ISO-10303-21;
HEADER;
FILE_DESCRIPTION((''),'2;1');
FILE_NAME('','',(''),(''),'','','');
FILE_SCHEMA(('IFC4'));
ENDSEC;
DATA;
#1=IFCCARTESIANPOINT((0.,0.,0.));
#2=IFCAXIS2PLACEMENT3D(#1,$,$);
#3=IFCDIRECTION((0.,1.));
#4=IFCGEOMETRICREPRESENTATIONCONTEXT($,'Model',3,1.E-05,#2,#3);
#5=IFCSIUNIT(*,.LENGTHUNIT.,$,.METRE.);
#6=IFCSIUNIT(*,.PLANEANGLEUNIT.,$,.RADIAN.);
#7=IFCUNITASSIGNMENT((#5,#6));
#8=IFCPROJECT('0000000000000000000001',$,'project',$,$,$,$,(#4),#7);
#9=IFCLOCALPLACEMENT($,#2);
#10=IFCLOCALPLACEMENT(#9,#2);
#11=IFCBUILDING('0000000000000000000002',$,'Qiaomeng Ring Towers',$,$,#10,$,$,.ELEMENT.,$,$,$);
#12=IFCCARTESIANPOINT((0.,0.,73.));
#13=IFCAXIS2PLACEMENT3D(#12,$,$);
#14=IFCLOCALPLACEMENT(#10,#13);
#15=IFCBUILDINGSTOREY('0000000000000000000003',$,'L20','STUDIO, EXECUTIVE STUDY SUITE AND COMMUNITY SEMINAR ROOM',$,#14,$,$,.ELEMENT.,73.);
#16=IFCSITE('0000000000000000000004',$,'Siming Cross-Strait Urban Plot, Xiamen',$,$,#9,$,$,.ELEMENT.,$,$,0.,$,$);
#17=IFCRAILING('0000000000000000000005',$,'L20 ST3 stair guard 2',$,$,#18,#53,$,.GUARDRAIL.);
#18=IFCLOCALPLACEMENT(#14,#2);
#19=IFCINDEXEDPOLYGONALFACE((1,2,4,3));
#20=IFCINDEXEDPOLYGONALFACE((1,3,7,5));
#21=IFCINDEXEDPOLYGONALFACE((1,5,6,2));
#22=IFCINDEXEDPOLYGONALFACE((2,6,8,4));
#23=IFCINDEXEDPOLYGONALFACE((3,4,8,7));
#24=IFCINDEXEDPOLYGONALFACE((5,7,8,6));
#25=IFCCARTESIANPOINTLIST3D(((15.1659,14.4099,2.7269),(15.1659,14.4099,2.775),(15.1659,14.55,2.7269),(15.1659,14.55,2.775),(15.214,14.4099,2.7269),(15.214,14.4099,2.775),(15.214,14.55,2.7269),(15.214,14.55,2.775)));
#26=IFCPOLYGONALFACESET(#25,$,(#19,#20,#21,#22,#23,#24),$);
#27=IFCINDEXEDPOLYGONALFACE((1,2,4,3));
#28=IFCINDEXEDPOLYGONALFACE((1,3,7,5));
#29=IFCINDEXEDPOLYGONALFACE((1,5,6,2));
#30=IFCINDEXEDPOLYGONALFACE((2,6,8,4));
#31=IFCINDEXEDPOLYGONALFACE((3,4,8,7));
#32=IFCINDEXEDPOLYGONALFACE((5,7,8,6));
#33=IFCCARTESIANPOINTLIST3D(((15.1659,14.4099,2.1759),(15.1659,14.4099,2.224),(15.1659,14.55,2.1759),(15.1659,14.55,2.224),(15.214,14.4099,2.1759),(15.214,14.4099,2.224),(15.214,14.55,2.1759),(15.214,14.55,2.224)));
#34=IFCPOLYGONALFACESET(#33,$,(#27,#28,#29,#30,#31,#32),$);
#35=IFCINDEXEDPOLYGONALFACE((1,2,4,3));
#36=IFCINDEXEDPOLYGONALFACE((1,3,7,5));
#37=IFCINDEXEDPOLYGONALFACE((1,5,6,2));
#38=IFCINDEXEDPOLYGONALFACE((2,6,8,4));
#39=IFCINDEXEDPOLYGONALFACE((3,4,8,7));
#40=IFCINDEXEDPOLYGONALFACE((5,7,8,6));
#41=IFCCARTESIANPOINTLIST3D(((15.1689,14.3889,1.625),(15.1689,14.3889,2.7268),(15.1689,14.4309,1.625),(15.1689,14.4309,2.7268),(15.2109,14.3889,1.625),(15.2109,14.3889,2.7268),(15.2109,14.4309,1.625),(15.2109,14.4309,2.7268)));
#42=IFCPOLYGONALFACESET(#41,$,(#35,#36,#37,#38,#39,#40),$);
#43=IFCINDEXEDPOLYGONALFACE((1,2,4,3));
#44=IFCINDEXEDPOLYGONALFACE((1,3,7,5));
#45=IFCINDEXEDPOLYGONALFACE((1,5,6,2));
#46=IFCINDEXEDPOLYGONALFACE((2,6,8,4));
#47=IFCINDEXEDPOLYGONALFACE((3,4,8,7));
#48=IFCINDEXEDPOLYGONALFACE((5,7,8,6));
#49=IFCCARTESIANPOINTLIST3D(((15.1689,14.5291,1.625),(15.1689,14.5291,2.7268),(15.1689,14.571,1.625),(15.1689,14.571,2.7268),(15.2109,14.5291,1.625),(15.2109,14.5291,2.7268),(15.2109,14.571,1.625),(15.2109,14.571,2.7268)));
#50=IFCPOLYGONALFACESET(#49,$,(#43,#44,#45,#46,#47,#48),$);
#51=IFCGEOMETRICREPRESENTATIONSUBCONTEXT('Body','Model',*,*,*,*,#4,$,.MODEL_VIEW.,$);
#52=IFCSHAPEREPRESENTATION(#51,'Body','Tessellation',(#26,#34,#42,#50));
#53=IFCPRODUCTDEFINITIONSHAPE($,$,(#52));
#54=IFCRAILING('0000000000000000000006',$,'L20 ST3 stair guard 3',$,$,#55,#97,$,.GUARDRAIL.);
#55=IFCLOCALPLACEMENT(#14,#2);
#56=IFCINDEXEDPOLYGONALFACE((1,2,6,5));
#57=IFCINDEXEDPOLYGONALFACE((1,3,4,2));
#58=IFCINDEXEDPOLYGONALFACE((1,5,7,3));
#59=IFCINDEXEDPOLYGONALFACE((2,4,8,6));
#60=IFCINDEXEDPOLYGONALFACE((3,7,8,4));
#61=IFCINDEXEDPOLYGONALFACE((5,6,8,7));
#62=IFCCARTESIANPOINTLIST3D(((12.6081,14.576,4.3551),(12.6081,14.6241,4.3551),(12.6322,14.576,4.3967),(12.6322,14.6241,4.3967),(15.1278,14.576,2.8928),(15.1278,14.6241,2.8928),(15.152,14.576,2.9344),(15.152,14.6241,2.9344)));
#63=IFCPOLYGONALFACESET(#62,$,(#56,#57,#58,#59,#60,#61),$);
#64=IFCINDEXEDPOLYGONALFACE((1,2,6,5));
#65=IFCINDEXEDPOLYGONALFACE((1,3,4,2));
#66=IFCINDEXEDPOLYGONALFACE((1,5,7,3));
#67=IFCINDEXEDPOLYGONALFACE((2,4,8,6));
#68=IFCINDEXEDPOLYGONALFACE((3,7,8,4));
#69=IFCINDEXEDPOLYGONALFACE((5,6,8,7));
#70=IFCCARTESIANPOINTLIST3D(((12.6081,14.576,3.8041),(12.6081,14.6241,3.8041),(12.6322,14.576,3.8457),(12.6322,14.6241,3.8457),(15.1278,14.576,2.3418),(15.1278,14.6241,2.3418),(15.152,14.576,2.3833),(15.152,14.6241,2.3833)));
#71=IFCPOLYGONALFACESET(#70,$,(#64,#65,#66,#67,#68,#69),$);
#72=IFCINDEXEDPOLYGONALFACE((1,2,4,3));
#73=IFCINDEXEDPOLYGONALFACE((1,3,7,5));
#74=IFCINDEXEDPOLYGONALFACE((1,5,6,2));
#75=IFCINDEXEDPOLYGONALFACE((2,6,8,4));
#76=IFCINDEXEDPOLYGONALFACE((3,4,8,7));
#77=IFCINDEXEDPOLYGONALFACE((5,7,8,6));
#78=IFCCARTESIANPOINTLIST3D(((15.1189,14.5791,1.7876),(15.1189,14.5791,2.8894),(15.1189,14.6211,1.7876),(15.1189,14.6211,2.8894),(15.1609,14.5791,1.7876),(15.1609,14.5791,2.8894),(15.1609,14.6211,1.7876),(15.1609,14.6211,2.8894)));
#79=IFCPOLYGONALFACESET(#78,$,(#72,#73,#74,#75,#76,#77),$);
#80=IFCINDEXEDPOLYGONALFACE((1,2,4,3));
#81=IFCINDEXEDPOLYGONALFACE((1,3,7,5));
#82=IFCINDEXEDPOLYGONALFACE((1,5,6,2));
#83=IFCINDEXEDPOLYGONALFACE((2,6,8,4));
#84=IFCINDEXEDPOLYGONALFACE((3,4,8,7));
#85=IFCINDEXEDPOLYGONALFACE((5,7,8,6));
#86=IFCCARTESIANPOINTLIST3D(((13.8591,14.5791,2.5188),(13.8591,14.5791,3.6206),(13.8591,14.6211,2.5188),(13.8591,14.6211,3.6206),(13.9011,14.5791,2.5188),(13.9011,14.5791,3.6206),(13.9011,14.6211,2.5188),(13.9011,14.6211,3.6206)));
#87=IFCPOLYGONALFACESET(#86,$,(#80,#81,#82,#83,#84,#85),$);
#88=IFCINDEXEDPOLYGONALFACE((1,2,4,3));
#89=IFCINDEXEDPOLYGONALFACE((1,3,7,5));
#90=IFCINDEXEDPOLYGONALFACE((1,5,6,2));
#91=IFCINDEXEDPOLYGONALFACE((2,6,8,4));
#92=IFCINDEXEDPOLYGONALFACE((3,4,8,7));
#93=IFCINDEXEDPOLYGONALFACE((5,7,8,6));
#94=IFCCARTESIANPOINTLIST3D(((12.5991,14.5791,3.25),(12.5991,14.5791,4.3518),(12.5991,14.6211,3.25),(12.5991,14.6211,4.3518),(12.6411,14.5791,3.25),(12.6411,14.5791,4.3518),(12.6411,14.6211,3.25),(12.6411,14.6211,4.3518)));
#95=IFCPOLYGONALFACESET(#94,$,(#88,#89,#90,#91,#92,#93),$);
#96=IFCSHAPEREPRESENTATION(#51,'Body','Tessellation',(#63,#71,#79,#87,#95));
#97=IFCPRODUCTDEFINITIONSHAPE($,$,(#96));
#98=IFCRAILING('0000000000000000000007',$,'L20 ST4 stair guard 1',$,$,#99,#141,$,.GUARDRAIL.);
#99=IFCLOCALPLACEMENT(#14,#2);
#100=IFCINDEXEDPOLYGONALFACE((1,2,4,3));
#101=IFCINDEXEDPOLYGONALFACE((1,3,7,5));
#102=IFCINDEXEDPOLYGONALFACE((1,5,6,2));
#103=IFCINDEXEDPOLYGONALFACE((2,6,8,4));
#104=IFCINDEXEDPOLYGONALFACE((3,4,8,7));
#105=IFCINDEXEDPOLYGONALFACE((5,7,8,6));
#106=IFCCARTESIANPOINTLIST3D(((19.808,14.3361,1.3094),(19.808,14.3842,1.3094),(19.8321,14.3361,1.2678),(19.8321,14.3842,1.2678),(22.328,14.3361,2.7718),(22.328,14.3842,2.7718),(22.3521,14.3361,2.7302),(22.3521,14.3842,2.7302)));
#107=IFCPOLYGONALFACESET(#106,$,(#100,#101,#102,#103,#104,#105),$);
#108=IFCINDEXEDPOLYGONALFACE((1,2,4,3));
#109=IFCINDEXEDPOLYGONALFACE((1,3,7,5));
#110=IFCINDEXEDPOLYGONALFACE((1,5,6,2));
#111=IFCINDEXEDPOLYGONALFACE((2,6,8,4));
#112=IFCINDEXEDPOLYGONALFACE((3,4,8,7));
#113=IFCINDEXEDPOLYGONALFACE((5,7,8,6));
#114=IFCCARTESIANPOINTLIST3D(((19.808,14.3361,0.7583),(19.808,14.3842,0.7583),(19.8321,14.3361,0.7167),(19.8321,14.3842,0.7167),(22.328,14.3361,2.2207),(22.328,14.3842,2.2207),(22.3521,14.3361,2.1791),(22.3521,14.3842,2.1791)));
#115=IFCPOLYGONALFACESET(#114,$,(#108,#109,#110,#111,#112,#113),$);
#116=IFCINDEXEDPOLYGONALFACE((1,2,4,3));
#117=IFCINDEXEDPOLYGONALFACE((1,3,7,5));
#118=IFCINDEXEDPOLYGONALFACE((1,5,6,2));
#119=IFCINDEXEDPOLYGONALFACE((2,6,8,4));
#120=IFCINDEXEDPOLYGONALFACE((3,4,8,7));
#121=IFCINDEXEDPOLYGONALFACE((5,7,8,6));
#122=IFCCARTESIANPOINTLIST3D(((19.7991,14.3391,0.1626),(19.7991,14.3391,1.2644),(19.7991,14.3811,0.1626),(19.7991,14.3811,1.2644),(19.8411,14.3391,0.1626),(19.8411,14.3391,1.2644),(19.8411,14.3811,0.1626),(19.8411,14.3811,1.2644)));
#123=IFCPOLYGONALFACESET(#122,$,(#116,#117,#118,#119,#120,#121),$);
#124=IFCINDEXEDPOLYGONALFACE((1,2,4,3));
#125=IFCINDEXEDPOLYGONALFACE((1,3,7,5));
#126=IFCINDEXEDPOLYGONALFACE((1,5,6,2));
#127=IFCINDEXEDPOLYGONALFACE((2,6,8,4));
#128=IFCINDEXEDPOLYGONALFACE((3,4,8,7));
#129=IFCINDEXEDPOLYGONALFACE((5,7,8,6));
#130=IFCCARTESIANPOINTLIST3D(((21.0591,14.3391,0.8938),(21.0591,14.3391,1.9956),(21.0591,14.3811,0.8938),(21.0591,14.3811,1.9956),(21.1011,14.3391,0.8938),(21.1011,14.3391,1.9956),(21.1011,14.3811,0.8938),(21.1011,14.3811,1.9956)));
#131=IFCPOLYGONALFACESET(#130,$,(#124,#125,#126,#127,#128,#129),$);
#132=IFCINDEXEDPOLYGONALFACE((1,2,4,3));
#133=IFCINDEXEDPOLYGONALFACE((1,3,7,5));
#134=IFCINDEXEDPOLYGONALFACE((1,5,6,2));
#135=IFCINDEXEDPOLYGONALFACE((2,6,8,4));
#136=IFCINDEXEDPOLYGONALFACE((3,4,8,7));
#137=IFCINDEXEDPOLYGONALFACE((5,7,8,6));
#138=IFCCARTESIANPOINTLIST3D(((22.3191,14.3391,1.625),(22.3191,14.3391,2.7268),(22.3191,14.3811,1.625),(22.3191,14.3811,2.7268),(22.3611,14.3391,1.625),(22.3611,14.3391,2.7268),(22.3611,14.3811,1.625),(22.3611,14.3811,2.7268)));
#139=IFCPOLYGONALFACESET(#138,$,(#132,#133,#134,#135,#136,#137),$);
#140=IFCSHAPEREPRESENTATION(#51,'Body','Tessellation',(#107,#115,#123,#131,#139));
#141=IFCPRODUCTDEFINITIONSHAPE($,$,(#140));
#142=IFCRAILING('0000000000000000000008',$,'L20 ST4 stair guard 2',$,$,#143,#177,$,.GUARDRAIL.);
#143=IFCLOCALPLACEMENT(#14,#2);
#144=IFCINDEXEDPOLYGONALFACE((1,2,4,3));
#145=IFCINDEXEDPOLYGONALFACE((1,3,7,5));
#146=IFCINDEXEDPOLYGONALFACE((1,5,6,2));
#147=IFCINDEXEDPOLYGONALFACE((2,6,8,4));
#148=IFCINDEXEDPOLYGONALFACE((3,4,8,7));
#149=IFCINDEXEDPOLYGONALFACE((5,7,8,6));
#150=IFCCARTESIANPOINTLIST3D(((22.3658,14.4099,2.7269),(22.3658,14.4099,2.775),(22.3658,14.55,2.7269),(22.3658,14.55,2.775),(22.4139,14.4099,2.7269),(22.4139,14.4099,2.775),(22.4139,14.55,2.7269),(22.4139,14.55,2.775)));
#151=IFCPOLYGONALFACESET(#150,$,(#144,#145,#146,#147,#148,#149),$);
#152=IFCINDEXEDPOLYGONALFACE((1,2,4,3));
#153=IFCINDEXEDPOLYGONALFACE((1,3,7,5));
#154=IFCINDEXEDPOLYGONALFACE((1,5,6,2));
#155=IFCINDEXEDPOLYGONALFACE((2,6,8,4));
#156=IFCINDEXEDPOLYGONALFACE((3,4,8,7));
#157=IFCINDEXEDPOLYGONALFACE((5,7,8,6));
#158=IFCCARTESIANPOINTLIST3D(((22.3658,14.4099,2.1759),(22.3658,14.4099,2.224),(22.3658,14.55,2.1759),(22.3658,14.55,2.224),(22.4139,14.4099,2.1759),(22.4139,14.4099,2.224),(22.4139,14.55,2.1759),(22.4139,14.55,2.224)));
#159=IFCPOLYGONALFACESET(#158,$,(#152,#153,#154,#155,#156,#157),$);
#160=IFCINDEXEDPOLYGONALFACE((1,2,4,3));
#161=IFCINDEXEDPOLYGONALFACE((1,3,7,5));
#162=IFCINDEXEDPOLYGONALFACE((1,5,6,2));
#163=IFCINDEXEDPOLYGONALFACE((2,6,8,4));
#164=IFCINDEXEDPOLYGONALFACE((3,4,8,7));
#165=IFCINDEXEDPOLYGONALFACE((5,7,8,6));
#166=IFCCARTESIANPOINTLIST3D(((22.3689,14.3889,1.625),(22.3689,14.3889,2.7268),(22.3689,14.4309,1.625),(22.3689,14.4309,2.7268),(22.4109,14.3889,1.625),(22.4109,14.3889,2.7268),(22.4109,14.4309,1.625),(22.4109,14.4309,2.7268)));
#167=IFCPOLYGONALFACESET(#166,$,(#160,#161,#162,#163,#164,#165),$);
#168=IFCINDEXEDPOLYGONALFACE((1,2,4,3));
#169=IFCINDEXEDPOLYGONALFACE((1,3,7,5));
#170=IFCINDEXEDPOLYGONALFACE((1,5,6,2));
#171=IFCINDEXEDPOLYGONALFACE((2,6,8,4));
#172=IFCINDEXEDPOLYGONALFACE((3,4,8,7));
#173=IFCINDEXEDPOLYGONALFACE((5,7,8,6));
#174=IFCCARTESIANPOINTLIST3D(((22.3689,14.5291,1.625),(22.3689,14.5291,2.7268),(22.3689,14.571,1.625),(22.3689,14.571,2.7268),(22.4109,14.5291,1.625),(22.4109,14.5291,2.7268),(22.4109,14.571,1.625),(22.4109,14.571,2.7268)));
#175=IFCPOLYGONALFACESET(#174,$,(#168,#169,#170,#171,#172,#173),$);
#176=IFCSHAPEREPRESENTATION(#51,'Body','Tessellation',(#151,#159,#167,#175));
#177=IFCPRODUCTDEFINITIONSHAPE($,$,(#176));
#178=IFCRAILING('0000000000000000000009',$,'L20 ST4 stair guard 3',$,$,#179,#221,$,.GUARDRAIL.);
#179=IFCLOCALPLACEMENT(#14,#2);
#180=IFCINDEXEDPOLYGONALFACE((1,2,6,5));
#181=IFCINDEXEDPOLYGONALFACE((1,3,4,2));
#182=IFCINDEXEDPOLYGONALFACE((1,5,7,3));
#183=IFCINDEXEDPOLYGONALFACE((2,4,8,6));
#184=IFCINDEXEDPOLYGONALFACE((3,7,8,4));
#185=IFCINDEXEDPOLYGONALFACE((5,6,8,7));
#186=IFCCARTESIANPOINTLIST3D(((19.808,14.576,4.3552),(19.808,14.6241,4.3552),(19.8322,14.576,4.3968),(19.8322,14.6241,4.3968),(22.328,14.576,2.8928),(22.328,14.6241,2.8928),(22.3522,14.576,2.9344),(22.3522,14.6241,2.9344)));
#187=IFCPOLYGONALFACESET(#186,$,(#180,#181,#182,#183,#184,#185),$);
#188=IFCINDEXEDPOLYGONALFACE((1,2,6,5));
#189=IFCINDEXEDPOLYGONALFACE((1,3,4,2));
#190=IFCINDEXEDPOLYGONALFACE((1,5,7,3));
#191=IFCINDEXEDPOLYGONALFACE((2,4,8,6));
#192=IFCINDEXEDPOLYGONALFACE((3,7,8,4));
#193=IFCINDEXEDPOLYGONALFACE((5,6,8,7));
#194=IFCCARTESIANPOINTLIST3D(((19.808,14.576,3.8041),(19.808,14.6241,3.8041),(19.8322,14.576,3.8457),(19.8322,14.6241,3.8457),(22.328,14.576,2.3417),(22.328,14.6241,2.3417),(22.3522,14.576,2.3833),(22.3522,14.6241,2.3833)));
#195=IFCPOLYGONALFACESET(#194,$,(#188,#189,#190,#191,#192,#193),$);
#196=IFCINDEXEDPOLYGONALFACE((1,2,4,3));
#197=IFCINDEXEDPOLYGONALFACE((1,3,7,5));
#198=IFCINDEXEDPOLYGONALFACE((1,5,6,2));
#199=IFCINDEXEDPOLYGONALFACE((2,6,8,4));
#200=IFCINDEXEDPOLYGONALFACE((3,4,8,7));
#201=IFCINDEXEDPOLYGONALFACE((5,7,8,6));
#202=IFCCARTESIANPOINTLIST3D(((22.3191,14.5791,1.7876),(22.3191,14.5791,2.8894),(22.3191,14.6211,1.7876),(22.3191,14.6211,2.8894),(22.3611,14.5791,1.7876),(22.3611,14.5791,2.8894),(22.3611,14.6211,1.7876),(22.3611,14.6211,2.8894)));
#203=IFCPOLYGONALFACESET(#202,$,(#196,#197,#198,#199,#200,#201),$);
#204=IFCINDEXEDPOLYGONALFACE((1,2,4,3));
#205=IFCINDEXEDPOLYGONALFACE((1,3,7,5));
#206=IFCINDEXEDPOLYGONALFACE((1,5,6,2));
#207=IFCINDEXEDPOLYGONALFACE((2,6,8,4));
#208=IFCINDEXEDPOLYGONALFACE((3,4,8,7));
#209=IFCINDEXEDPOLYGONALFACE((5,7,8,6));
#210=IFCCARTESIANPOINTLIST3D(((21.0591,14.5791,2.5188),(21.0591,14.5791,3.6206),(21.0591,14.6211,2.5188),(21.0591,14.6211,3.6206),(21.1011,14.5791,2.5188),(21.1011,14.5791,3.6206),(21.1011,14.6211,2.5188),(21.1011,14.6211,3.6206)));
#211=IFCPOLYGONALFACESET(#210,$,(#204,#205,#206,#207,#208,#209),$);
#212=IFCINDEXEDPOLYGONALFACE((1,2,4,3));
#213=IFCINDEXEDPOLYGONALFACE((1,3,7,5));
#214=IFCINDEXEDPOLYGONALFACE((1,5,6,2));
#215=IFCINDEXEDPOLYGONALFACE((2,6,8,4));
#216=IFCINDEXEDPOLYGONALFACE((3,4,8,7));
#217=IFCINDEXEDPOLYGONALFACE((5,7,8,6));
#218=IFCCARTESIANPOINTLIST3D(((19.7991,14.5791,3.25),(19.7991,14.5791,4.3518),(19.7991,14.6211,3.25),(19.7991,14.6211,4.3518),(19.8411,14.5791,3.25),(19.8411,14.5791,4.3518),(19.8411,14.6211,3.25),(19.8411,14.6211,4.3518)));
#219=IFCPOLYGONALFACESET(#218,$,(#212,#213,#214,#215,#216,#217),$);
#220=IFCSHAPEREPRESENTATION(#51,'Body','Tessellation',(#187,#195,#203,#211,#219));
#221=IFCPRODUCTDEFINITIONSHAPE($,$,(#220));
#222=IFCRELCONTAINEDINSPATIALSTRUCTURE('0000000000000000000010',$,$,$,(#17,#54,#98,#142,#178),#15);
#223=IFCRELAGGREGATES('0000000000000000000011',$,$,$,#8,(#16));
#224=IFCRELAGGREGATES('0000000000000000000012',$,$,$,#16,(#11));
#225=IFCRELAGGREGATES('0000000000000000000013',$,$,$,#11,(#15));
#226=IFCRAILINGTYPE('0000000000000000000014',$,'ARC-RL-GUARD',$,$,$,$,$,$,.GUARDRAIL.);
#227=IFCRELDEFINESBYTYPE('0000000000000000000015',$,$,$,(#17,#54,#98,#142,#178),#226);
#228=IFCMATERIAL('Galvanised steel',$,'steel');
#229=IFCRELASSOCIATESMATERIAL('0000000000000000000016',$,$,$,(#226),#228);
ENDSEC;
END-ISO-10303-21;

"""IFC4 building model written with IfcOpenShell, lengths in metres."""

from ifc_helpers import new_model, si_unit, direction, frame, origin, origin_2d, place, context, subcontext, project, spatial, rectangle, extrude, material, type_object, element, save


model = new_model("IFC4")

# Units and contexts
model_context = context("Model", 3, precision=1e-05, world=origin(), true_north=direction((0.0, 1.0)))
body_context = subcontext(model_context, "Body", "Model", "MODEL_VIEW")
ifc_project = project(units=[si_unit("LENGTHUNIT", "METRE"), si_unit("PLANEANGLEUNIT", "RADIAN")], contexts=[model_context])

# Site, building, storey
site_placement = place(None, origin())
site = spatial("IfcSite", under=ifc_project, at=site_placement, Name="Siming Cross-Strait Urban Plot, Xiamen", CompositionType="ELEMENT", RefElevation=0.0)
building_placement = place(site_placement, origin())
building = spatial("IfcBuilding", under=site, at=building_placement, Name="Qiaomeng Ring Towers", CompositionType="ELEMENT")
storey_placement = place(building_placement, frame((0.0, 0.0, 73.0)))
storey = spatial("IfcBuildingStorey", under=building, at=storey_placement, Name="L20", Description="STUDIO, EXECUTIVE STUDY SUITE AND COMMUNITY SEMINAR ROOM", CompositionType="ELEMENT", Elevation=73.0)

# Railings
ifc_material_1 = material(Name="Galvanised steel", Category="steel")
railing_type_1 = type_object("IfcRailingType", Name="ARC-RL-GUARD", PredefinedType="GUARDRAIL", material=ifc_material_1)
railing_1_placement = place(storey_placement, frame((15.1899, 14.4099, 1.625)))
element("IfcRailing", 1, at=railing_1_placement, inside=storey, type_object=railing_type_1, Name="L20 ST3 stair guard 2", PredefinedType="GUARDRAIL", context=body_context, shape_type="SweptSolid", body=[
    extrude(rectangle(XDim=0.0481, YDim=0.0481, at=origin_2d()), frame((0.0, 0.0, 1.126), z_axis=(0.0, 1.0, 0.0), x_axis=(-1.0, 0.0, 0.0)), (0.0, 0.0, 1.0), 0.1401),
    extrude(rectangle(XDim=0.0481, YDim=0.0481, at=origin_2d()), frame((0.0, 0.0, 0.575), z_axis=(0.0, 1.0, 0.0), x_axis=(-1.0, 0.0, 0.0)), (0.0, 0.0, 1.0), 0.1401),
    extrude(rectangle(XDim=0.042, YDim=0.042, at=origin_2d()), origin(), (0.0, 0.0, 1.0), 1.1018),
    extrude(rectangle(XDim=0.042, YDim=0.042, at=origin_2d()), frame((0.0, 0.1401, 0.0)), (0.0, 0.0, 1.0), 1.1018),
])
railing_2_placement = place(storey_placement, frame((15.1399, 14.6001, 1.7876)))
element("IfcRailing", 2, at=railing_2_placement, inside=storey, type_object=railing_type_1, Name="L20 ST3 stair guard 3", PredefinedType="GUARDRAIL", context=body_context, shape_type="SweptSolid", body=[
    extrude(rectangle(XDim=0.0481, YDim=0.0481, at=origin_2d()), frame((0.0, 0.0, 1.126), z_axis=(-0.864892, 0.0, 0.501958), x_axis=(0.0, -1.0, 0.0)), (0.0, 0.0, 1.0), 2.9133),
    extrude(rectangle(XDim=0.0481, YDim=0.0481, at=origin_2d()), frame((0.0, 0.0, 0.575), z_axis=(-0.864892, 0.0, 0.501958), x_axis=(0.0, -1.0, 0.0)), (0.0, 0.0, 1.0), 2.9133),
    extrude(rectangle(XDim=0.042, YDim=0.042, at=origin_2d()), origin(), (0.0, 0.0, 1.0), 1.1018),
    extrude(rectangle(XDim=0.042, YDim=0.042, at=origin_2d()), frame((-1.2598, 0.0, 0.7312)), (0.0, 0.0, 1.0), 1.1018),
    extrude(rectangle(XDim=0.042, YDim=0.042, at=origin_2d()), frame((-2.5198, 0.0, 1.4624)), (0.0, 0.0, 1.0), 1.1018),
])
railing_3_placement = place(storey_placement, frame((19.8201, 14.3601, 0.1626)))
element("IfcRailing", 3, at=railing_3_placement, inside=storey, type_object=railing_type_1, Name="L20 ST4 stair guard 1", PredefinedType="GUARDRAIL", context=body_context, shape_type="SweptSolid", body=[
    extrude(rectangle(XDim=0.0481, YDim=0.0481, at=origin_2d()), frame((0.0, 0.0, 1.126), z_axis=(0.864913, 0.0, 0.501921), x_axis=(0.0, 1.0, 0.0)), (0.0, 0.0, 1.0), 2.9136),
    extrude(rectangle(XDim=0.0481, YDim=0.0481, at=origin_2d()), frame((0.0, 0.0, 0.575), z_axis=(0.864913, 0.0, 0.501921), x_axis=(0.0, 1.0, 0.0)), (0.0, 0.0, 1.0), 2.9136),
    extrude(rectangle(XDim=0.042, YDim=0.042, at=origin_2d()), origin(), (0.0, 0.0, 1.0), 1.1018),
    extrude(rectangle(XDim=0.042, YDim=0.042, at=origin_2d()), frame((1.26, 0.0, 0.7312)), (0.0, 0.0, 1.0), 1.1018),
    extrude(rectangle(XDim=0.042, YDim=0.042, at=origin_2d()), frame((2.52, 0.0, 1.4624)), (0.0, 0.0, 1.0), 1.1018),
])
railing_4_placement = place(storey_placement, frame((22.3899, 14.4099, 1.625)))
element("IfcRailing", 4, at=railing_4_placement, inside=storey, type_object=railing_type_1, Name="L20 ST4 stair guard 2", PredefinedType="GUARDRAIL", context=body_context, shape_type="SweptSolid", body=[
    extrude(rectangle(XDim=0.0481, YDim=0.0481, at=origin_2d()), frame((0.0, 0.0, 1.126), z_axis=(0.0, 1.0, 0.0), x_axis=(-1.0, 0.0, 0.0)), (0.0, 0.0, 1.0), 0.1401),
    extrude(rectangle(XDim=0.0481, YDim=0.0481, at=origin_2d()), frame((0.0, 0.0, 0.575), z_axis=(0.0, 1.0, 0.0), x_axis=(-1.0, 0.0, 0.0)), (0.0, 0.0, 1.0), 0.1401),
    extrude(rectangle(XDim=0.042, YDim=0.042, at=origin_2d()), origin(), (0.0, 0.0, 1.0), 1.1018),
    extrude(rectangle(XDim=0.042, YDim=0.042, at=origin_2d()), frame((0.0, 0.1401, 0.0)), (0.0, 0.0, 1.0), 1.1018),
])
railing_5_placement = place(storey_placement, frame((22.3401, 14.6001, 1.7876)))
element("IfcRailing", 5, at=railing_5_placement, inside=storey, type_object=railing_type_1, Name="L20 ST4 stair guard 3", PredefinedType="GUARDRAIL", context=body_context, shape_type="SweptSolid", body=[
    extrude(rectangle(XDim=0.0481, YDim=0.0481, at=origin_2d()), frame((0.0, 0.0, 1.126), z_axis=(-0.864913, 0.0, 0.501921), x_axis=(0.0, -1.0, 0.0)), (0.0, 0.0, 1.0), 2.9136),
    extrude(rectangle(XDim=0.0481, YDim=0.0481, at=origin_2d()), frame((0.0, 0.0, 0.575), z_axis=(-0.864913, 0.0, 0.501921), x_axis=(0.0, -1.0, 0.0)), (0.0, 0.0, 1.0), 2.9136),
    extrude(rectangle(XDim=0.042, YDim=0.042, at=origin_2d()), origin(), (0.0, 0.0, 1.0), 1.1018),
    extrude(rectangle(XDim=0.042, YDim=0.042, at=origin_2d()), frame((-1.26, 0.0, 0.7312)), (0.0, 0.0, 1.0), 1.1018),
    extrude(rectangle(XDim=0.042, YDim=0.042, at=origin_2d()), frame((-2.52, 0.0, 1.4624)), (0.0, 0.0, 1.0), 1.1018),
])

save(model, "model.ifc")
